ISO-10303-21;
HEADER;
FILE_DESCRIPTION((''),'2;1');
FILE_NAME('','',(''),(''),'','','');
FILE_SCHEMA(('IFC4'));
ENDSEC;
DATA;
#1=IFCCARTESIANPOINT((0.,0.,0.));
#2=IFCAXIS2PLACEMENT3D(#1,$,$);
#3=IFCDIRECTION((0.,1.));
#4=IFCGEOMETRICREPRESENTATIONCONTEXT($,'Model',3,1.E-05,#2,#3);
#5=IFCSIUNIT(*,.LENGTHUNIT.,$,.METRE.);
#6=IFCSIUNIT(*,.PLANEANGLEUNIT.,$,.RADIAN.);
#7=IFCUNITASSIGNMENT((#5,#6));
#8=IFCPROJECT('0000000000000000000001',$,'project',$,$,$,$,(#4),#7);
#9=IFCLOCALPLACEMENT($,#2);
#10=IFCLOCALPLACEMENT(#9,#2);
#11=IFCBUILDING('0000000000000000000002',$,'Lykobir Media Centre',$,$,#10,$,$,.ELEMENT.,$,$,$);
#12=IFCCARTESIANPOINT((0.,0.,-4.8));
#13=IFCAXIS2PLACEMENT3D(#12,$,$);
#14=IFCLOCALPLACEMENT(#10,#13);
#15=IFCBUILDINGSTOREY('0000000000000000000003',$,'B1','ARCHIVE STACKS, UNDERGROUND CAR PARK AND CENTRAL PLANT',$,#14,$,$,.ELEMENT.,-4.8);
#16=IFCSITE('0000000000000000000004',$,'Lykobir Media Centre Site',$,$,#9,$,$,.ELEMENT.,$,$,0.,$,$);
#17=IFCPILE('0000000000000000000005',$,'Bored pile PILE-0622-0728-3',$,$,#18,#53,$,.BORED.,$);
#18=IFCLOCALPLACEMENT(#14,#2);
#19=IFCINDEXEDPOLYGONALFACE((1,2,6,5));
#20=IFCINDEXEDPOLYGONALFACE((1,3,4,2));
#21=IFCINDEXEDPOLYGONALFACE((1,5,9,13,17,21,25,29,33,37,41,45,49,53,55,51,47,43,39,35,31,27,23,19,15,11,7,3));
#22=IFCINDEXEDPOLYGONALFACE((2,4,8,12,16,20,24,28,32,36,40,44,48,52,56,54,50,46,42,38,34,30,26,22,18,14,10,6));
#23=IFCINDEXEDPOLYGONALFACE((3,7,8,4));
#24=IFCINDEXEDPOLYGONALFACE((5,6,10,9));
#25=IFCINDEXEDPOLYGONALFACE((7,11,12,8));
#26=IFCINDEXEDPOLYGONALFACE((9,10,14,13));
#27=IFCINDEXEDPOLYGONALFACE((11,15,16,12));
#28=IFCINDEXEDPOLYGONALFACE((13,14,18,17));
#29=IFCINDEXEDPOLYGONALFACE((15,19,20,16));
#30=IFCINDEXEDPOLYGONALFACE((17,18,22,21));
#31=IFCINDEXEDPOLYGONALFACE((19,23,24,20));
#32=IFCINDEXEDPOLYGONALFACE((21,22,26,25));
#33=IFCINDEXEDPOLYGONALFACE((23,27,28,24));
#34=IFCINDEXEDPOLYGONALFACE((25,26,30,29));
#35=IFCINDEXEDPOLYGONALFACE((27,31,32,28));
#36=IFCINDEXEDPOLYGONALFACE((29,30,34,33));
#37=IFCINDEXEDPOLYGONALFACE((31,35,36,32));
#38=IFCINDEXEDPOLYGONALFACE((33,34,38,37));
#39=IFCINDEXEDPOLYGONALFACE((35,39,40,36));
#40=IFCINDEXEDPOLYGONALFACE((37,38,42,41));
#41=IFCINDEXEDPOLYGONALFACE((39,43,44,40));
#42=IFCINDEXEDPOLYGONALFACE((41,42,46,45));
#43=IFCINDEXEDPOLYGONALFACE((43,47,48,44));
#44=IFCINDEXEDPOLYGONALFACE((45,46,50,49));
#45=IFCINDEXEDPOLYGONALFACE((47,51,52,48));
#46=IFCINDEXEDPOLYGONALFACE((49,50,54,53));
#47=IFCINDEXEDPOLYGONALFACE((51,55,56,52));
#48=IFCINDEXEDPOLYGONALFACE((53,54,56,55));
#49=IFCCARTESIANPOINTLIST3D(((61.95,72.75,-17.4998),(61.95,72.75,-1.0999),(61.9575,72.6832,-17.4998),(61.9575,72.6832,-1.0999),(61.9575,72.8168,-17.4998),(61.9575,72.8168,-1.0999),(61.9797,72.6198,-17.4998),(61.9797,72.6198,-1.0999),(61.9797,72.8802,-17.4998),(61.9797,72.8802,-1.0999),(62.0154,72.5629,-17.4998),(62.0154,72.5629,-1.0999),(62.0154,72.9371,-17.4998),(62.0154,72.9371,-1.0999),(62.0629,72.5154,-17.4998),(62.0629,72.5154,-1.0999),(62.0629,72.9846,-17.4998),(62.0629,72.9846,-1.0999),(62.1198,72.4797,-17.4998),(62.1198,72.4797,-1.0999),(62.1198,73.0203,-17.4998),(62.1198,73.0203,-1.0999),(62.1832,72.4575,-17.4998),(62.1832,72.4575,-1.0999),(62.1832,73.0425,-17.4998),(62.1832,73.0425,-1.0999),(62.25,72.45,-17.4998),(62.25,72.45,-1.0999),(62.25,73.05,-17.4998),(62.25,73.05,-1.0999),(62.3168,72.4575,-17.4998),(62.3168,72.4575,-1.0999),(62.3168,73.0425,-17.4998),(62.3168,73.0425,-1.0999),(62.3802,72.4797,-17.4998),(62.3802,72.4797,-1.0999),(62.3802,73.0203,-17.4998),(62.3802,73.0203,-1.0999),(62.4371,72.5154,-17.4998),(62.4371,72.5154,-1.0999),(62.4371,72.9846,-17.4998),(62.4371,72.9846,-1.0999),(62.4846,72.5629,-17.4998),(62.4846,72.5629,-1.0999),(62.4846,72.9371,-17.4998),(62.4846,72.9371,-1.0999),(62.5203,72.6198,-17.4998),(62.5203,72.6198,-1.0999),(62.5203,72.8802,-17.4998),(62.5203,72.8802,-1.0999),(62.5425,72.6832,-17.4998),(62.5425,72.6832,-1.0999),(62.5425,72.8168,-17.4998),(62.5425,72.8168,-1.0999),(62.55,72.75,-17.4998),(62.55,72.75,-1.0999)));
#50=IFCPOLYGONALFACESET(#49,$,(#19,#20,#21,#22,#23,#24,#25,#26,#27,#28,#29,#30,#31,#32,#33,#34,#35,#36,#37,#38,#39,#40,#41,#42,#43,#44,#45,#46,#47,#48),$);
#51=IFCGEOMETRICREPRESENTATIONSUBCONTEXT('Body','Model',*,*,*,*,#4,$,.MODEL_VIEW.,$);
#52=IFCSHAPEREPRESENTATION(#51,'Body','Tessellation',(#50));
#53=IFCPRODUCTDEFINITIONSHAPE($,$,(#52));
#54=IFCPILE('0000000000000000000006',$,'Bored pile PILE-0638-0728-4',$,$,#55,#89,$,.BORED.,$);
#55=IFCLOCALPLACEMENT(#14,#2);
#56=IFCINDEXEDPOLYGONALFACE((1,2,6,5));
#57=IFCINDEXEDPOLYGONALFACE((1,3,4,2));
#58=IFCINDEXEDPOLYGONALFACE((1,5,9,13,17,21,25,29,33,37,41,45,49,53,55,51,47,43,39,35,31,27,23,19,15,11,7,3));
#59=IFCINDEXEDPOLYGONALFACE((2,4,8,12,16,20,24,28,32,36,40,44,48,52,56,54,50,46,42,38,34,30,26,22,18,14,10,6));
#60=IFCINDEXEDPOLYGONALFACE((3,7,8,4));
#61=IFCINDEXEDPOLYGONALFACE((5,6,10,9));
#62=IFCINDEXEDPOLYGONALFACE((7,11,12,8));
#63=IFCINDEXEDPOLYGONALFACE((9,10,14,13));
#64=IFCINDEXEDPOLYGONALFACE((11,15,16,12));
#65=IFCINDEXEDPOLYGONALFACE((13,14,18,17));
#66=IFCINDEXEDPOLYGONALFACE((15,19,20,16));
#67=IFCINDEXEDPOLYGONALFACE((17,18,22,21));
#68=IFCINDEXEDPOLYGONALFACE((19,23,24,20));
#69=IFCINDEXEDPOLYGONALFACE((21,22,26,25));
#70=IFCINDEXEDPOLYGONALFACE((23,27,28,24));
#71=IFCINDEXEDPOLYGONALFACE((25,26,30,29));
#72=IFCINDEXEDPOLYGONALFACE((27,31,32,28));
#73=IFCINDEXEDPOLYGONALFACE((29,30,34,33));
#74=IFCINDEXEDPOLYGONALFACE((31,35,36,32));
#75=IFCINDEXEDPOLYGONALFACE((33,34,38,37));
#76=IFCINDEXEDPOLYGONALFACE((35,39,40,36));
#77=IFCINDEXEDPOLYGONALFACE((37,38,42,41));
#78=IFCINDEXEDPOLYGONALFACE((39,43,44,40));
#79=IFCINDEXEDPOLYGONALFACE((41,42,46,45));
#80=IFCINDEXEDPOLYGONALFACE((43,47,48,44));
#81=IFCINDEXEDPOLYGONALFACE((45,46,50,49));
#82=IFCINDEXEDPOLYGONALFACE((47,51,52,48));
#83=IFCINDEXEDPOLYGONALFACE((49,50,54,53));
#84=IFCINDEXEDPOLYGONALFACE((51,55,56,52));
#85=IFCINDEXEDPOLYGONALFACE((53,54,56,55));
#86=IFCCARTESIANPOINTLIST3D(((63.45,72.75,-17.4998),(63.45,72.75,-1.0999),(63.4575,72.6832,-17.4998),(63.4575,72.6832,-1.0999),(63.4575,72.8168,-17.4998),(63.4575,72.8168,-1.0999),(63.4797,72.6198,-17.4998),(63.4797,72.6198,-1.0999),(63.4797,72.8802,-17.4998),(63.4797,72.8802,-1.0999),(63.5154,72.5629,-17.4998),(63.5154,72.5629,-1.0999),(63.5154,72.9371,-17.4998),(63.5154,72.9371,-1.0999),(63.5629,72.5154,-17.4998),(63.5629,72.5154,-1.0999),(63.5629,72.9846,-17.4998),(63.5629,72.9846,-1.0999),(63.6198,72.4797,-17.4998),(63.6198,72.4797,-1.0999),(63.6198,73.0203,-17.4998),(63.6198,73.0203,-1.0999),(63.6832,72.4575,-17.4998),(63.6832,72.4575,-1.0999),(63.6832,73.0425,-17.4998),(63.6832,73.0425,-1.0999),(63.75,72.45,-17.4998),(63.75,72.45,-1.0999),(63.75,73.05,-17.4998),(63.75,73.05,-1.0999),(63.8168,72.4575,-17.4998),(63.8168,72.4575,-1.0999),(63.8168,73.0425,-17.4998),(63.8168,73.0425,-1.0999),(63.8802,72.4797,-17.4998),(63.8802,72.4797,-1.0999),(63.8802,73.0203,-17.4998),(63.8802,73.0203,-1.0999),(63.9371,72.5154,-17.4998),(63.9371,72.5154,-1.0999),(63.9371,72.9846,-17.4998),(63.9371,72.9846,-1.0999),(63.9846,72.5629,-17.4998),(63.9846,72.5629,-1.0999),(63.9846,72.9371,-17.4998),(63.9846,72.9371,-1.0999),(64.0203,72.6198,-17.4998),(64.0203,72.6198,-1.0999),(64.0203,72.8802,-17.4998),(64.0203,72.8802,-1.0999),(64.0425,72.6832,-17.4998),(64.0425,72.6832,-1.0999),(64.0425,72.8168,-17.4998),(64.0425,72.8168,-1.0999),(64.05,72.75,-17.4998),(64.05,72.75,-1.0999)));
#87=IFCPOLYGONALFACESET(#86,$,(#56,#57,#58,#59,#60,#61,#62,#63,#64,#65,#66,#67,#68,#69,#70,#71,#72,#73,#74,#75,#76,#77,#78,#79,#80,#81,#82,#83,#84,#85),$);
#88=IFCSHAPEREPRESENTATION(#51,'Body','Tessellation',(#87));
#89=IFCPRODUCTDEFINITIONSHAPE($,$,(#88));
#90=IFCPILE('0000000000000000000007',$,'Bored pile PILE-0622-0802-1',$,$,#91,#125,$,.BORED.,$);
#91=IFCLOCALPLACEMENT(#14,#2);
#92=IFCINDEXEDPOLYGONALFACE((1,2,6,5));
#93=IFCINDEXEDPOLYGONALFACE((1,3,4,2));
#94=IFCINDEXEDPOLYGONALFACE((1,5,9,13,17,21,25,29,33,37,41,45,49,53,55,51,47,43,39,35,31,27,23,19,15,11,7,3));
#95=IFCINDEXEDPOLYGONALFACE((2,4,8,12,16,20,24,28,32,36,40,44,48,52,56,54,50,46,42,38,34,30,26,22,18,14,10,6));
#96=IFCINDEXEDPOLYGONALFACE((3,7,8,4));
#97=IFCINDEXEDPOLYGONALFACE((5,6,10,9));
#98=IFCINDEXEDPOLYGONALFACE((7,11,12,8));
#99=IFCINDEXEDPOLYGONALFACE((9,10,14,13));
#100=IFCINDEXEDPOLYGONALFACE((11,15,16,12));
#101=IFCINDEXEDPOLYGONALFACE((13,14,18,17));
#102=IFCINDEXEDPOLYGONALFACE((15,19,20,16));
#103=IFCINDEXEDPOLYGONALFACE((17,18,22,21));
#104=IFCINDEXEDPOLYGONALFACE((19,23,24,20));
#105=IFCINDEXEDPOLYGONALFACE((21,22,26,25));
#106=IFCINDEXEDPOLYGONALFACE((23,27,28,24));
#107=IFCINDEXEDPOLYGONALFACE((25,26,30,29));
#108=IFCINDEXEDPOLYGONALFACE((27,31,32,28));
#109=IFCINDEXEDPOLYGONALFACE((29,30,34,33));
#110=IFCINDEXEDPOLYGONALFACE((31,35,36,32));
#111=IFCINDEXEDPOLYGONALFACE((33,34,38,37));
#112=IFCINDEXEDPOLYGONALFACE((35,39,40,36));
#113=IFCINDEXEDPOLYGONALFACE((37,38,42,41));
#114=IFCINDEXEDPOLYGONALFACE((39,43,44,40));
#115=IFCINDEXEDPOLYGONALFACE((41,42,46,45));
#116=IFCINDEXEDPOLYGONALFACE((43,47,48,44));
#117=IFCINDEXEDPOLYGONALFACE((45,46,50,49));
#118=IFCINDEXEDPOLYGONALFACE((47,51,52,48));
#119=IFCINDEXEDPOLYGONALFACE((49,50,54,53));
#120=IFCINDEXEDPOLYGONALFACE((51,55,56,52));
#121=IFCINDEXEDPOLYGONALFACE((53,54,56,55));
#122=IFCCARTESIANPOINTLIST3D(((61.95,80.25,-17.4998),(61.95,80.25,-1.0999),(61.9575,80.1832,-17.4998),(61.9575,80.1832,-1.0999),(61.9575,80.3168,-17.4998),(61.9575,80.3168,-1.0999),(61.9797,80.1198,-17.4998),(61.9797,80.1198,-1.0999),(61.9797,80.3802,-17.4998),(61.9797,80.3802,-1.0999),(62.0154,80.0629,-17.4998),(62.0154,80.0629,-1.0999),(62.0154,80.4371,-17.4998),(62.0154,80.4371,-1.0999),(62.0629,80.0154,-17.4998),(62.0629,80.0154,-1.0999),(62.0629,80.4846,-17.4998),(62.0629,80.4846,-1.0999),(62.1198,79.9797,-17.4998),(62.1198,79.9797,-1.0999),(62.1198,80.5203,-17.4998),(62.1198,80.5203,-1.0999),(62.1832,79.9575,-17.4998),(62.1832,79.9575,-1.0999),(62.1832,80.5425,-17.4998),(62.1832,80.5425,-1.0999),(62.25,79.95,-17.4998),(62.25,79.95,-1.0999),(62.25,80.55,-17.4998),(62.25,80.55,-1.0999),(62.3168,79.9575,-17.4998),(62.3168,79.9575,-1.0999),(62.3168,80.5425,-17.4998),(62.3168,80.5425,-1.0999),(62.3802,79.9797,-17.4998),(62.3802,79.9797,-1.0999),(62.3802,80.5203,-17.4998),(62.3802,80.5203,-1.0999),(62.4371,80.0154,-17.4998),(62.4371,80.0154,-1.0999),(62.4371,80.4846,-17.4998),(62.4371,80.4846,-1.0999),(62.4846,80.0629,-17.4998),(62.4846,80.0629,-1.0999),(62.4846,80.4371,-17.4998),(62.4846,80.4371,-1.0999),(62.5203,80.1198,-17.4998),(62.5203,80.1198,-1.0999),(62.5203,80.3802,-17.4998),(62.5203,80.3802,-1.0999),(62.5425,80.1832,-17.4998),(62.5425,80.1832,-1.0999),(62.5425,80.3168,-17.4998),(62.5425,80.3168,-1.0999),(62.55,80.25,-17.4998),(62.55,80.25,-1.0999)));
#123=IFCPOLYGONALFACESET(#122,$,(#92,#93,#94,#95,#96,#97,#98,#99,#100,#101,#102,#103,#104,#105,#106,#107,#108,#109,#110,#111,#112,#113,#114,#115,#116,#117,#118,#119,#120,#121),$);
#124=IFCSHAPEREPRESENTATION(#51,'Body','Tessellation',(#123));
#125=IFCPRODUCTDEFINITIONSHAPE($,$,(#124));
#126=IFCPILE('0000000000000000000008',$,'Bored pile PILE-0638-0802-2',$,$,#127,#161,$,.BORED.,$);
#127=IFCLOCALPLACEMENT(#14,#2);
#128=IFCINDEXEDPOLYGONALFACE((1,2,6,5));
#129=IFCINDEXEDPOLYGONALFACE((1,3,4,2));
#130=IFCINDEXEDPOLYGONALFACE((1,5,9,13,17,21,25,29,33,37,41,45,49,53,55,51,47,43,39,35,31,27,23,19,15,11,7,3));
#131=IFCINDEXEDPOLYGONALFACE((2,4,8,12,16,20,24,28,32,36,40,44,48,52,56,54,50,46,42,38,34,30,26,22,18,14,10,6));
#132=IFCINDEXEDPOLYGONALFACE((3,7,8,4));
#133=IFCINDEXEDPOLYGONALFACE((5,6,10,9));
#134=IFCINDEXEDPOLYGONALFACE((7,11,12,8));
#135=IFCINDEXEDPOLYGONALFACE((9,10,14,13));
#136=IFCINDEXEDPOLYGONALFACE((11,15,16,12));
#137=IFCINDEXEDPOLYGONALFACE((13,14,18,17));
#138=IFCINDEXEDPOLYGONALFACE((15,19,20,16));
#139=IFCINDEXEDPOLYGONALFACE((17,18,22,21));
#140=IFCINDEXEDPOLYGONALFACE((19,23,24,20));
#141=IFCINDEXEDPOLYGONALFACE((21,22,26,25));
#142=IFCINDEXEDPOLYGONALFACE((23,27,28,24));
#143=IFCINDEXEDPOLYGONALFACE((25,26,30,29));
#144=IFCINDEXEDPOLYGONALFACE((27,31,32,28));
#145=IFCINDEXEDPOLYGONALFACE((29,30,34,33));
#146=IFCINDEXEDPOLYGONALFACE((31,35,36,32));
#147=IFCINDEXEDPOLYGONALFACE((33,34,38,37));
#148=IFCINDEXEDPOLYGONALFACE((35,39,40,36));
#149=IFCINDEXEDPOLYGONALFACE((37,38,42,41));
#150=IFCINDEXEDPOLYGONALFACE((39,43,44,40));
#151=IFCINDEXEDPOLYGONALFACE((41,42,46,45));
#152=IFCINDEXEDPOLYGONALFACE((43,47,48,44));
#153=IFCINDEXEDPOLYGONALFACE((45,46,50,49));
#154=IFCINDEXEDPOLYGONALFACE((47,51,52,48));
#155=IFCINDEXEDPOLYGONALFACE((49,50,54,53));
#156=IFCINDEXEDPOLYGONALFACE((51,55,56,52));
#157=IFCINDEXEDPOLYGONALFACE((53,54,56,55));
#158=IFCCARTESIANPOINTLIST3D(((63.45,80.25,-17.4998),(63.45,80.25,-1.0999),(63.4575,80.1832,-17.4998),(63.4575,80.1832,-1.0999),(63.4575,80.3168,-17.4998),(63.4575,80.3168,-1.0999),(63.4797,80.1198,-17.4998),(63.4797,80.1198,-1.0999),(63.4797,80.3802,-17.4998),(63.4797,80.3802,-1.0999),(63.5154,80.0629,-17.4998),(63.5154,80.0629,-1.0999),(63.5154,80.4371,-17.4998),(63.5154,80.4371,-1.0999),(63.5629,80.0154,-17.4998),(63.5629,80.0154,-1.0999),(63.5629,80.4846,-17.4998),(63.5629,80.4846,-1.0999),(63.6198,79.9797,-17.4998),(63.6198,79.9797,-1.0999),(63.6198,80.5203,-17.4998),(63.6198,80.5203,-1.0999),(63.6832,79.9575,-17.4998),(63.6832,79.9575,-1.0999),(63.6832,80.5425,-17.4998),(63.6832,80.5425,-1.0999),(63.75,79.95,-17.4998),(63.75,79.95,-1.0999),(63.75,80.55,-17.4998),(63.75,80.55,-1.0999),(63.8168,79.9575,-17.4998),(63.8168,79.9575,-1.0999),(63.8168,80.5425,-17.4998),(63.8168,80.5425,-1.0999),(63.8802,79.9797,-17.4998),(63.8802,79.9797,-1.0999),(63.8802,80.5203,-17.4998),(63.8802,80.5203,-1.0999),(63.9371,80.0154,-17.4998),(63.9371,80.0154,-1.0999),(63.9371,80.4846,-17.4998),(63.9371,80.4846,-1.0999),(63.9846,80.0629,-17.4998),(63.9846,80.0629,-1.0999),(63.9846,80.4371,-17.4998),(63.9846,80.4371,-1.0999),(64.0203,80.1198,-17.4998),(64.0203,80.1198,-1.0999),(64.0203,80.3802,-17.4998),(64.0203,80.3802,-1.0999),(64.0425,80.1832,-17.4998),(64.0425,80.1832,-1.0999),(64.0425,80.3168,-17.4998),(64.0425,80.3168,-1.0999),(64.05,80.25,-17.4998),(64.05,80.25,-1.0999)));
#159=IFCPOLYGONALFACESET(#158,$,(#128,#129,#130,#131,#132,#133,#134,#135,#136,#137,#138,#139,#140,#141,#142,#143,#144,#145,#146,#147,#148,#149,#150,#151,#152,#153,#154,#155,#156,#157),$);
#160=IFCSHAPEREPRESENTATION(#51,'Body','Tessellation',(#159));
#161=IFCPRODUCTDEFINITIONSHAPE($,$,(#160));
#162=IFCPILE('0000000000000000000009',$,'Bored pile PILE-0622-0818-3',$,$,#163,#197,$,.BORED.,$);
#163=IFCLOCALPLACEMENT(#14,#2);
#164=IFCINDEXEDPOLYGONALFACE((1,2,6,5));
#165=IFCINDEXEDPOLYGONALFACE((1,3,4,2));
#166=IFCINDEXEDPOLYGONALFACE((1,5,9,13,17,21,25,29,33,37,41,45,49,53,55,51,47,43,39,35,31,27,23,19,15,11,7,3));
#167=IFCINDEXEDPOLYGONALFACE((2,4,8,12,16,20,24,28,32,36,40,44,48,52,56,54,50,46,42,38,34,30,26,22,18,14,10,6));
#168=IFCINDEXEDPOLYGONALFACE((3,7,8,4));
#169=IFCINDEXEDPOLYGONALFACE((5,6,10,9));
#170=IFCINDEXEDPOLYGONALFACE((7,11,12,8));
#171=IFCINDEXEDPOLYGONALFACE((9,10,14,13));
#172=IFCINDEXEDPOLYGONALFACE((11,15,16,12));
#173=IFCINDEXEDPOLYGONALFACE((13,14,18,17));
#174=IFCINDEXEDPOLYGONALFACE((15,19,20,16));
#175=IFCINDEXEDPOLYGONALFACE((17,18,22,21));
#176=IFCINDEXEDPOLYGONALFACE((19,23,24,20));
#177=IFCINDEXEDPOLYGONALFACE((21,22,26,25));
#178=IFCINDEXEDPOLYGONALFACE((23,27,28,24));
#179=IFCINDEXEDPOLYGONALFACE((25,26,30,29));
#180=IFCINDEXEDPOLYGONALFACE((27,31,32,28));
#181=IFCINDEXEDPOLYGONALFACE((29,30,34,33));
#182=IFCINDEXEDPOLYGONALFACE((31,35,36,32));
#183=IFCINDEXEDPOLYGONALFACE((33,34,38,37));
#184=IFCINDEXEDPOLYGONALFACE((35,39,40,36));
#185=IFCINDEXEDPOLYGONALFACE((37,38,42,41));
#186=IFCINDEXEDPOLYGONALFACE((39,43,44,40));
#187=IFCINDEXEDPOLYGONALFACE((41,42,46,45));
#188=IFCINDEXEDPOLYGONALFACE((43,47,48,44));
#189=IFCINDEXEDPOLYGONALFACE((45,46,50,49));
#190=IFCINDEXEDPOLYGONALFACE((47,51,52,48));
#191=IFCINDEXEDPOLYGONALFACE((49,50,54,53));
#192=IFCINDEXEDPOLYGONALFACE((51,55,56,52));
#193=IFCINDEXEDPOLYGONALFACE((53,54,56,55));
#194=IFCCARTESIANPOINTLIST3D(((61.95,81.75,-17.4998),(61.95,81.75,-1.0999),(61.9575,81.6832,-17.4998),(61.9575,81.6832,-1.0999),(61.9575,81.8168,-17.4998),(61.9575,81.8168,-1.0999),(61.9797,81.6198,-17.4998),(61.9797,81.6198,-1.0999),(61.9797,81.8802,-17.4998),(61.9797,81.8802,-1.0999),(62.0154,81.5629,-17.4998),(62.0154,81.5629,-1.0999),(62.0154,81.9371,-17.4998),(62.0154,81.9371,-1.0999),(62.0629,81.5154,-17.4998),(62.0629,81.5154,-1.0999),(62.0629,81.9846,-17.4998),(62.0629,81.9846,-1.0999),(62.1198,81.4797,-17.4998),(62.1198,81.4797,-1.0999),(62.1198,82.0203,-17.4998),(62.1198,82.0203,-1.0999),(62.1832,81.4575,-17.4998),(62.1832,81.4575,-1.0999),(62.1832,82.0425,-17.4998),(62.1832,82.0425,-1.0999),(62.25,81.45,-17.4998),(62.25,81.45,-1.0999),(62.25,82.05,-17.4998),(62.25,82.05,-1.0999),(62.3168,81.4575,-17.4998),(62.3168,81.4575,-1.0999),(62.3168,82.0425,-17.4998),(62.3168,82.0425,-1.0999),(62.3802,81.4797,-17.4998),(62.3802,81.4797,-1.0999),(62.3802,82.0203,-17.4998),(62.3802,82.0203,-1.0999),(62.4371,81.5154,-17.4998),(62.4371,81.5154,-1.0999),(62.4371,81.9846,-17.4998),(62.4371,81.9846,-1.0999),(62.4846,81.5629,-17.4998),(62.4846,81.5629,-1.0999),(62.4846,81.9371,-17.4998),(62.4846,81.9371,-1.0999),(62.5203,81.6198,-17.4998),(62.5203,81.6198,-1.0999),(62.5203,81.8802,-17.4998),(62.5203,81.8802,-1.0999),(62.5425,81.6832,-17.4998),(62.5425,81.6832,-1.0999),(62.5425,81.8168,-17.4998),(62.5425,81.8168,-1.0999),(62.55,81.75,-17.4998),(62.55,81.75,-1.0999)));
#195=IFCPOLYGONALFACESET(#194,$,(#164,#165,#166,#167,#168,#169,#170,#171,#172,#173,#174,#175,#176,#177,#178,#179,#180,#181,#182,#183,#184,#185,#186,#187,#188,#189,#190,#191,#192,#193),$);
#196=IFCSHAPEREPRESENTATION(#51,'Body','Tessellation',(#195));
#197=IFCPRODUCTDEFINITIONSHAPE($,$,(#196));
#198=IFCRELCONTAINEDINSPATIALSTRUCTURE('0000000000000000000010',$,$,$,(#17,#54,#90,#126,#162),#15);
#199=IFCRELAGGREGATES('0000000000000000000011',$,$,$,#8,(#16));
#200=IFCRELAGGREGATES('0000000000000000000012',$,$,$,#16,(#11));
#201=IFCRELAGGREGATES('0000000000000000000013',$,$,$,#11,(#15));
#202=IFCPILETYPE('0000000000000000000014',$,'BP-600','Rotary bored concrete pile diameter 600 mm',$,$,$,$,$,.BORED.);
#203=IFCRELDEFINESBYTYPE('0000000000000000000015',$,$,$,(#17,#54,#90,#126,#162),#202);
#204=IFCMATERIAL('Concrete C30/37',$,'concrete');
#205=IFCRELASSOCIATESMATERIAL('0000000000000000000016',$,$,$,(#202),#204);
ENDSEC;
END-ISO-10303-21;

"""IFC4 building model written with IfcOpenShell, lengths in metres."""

from ifc_helpers import new_model, si_unit, direction, frame, origin, origin_2d, place, context, subcontext, project, spatial, circle, extrude, material, material_profile, profile_set, type_object, element, save


model = new_model("IFC4")

# Units and contexts
model_context = context("Model", 3, precision=1e-05, world=origin(), true_north=direction((0.0, 1.0)))
body_context = subcontext(model_context, "Body", "Model", "MODEL_VIEW")
ifc_project = project(units=[si_unit("LENGTHUNIT", "METRE"), si_unit("PLANEANGLEUNIT", "RADIAN")], contexts=[model_context])

# Site, building, storey
site_placement = place(None, origin())
site = spatial("IfcSite", under=ifc_project, at=site_placement, Name="Lykobir Media Centre Site", CompositionType="ELEMENT", RefElevation=0.0)
building_placement = place(site_placement, origin())
building = spatial("IfcBuilding", under=site, at=building_placement, Name="Lykobir Media Centre", CompositionType="ELEMENT")
storey_placement = place(building_placement, frame((0.0, 0.0, -4.8)))
storey = spatial("IfcBuildingStorey", under=building, at=storey_placement, Name="B1", Description="ARCHIVE STACKS, UNDERGROUND CAR PARK AND CENTRAL PLANT", CompositionType="ELEMENT", Elevation=-4.8)

# Piles
ifc_material_1 = material(Name="Concrete C30/37", Category="concrete")
ifc_material_profile_1 = material_profile(ifc_material_1, circle(Radius=0.3, at=origin_2d()), Name="BORED PILE D600")
ifc_profile_set_1 = profile_set([ifc_material_profile_1], Name="Concrete C30/37")
pile_type = type_object("IfcPileType", Name="BP-600", Description="Rotary bored concrete pile diameter 600 mm", PredefinedType="BORED", material=ifc_profile_set_1)
for number, where, z_axis, x_axis, name in (
    (1, (62.25, 72.75, -1.0999), (0.0, 0.0, -1.0), (1.0, 0.0, 0.0), "Bored pile PILE-0622-0728-3"),
    (2, (63.75, 72.75, -1.0999), (0.0, 0.0, -1.0), (1.0, 0.0, 0.0), "Bored pile PILE-0638-0728-4"),
    (3, (62.25, 80.25, -1.0999), (0.0, 0.0, -1.0), (1.0, 0.0, 0.0), "Bored pile PILE-0622-0802-1"),
    (4, (63.75, 80.25, -1.0999), (0.0, 0.0, -1.0), (1.0, 0.0, 0.0), "Bored pile PILE-0638-0802-2"),
    (5, (62.25, 81.75, -1.0999), (0.0, 0.0, -1.0), (1.0, 0.0, 0.0), "Bored pile PILE-0622-0818-3"),
):
    element("IfcPile", number, at=place(storey_placement, frame(where, z_axis=z_axis, x_axis=x_axis)), inside=storey, type_object=pile_type, Name=name, PredefinedType="BORED", context=body_context, shape_type="SweptSolid", body=[
        extrude(circle(Radius=0.3, at=origin_2d()), origin(), (0.0, 0.0, 1.0), 16.3999),
    ])

save(model, "model.ifc")
